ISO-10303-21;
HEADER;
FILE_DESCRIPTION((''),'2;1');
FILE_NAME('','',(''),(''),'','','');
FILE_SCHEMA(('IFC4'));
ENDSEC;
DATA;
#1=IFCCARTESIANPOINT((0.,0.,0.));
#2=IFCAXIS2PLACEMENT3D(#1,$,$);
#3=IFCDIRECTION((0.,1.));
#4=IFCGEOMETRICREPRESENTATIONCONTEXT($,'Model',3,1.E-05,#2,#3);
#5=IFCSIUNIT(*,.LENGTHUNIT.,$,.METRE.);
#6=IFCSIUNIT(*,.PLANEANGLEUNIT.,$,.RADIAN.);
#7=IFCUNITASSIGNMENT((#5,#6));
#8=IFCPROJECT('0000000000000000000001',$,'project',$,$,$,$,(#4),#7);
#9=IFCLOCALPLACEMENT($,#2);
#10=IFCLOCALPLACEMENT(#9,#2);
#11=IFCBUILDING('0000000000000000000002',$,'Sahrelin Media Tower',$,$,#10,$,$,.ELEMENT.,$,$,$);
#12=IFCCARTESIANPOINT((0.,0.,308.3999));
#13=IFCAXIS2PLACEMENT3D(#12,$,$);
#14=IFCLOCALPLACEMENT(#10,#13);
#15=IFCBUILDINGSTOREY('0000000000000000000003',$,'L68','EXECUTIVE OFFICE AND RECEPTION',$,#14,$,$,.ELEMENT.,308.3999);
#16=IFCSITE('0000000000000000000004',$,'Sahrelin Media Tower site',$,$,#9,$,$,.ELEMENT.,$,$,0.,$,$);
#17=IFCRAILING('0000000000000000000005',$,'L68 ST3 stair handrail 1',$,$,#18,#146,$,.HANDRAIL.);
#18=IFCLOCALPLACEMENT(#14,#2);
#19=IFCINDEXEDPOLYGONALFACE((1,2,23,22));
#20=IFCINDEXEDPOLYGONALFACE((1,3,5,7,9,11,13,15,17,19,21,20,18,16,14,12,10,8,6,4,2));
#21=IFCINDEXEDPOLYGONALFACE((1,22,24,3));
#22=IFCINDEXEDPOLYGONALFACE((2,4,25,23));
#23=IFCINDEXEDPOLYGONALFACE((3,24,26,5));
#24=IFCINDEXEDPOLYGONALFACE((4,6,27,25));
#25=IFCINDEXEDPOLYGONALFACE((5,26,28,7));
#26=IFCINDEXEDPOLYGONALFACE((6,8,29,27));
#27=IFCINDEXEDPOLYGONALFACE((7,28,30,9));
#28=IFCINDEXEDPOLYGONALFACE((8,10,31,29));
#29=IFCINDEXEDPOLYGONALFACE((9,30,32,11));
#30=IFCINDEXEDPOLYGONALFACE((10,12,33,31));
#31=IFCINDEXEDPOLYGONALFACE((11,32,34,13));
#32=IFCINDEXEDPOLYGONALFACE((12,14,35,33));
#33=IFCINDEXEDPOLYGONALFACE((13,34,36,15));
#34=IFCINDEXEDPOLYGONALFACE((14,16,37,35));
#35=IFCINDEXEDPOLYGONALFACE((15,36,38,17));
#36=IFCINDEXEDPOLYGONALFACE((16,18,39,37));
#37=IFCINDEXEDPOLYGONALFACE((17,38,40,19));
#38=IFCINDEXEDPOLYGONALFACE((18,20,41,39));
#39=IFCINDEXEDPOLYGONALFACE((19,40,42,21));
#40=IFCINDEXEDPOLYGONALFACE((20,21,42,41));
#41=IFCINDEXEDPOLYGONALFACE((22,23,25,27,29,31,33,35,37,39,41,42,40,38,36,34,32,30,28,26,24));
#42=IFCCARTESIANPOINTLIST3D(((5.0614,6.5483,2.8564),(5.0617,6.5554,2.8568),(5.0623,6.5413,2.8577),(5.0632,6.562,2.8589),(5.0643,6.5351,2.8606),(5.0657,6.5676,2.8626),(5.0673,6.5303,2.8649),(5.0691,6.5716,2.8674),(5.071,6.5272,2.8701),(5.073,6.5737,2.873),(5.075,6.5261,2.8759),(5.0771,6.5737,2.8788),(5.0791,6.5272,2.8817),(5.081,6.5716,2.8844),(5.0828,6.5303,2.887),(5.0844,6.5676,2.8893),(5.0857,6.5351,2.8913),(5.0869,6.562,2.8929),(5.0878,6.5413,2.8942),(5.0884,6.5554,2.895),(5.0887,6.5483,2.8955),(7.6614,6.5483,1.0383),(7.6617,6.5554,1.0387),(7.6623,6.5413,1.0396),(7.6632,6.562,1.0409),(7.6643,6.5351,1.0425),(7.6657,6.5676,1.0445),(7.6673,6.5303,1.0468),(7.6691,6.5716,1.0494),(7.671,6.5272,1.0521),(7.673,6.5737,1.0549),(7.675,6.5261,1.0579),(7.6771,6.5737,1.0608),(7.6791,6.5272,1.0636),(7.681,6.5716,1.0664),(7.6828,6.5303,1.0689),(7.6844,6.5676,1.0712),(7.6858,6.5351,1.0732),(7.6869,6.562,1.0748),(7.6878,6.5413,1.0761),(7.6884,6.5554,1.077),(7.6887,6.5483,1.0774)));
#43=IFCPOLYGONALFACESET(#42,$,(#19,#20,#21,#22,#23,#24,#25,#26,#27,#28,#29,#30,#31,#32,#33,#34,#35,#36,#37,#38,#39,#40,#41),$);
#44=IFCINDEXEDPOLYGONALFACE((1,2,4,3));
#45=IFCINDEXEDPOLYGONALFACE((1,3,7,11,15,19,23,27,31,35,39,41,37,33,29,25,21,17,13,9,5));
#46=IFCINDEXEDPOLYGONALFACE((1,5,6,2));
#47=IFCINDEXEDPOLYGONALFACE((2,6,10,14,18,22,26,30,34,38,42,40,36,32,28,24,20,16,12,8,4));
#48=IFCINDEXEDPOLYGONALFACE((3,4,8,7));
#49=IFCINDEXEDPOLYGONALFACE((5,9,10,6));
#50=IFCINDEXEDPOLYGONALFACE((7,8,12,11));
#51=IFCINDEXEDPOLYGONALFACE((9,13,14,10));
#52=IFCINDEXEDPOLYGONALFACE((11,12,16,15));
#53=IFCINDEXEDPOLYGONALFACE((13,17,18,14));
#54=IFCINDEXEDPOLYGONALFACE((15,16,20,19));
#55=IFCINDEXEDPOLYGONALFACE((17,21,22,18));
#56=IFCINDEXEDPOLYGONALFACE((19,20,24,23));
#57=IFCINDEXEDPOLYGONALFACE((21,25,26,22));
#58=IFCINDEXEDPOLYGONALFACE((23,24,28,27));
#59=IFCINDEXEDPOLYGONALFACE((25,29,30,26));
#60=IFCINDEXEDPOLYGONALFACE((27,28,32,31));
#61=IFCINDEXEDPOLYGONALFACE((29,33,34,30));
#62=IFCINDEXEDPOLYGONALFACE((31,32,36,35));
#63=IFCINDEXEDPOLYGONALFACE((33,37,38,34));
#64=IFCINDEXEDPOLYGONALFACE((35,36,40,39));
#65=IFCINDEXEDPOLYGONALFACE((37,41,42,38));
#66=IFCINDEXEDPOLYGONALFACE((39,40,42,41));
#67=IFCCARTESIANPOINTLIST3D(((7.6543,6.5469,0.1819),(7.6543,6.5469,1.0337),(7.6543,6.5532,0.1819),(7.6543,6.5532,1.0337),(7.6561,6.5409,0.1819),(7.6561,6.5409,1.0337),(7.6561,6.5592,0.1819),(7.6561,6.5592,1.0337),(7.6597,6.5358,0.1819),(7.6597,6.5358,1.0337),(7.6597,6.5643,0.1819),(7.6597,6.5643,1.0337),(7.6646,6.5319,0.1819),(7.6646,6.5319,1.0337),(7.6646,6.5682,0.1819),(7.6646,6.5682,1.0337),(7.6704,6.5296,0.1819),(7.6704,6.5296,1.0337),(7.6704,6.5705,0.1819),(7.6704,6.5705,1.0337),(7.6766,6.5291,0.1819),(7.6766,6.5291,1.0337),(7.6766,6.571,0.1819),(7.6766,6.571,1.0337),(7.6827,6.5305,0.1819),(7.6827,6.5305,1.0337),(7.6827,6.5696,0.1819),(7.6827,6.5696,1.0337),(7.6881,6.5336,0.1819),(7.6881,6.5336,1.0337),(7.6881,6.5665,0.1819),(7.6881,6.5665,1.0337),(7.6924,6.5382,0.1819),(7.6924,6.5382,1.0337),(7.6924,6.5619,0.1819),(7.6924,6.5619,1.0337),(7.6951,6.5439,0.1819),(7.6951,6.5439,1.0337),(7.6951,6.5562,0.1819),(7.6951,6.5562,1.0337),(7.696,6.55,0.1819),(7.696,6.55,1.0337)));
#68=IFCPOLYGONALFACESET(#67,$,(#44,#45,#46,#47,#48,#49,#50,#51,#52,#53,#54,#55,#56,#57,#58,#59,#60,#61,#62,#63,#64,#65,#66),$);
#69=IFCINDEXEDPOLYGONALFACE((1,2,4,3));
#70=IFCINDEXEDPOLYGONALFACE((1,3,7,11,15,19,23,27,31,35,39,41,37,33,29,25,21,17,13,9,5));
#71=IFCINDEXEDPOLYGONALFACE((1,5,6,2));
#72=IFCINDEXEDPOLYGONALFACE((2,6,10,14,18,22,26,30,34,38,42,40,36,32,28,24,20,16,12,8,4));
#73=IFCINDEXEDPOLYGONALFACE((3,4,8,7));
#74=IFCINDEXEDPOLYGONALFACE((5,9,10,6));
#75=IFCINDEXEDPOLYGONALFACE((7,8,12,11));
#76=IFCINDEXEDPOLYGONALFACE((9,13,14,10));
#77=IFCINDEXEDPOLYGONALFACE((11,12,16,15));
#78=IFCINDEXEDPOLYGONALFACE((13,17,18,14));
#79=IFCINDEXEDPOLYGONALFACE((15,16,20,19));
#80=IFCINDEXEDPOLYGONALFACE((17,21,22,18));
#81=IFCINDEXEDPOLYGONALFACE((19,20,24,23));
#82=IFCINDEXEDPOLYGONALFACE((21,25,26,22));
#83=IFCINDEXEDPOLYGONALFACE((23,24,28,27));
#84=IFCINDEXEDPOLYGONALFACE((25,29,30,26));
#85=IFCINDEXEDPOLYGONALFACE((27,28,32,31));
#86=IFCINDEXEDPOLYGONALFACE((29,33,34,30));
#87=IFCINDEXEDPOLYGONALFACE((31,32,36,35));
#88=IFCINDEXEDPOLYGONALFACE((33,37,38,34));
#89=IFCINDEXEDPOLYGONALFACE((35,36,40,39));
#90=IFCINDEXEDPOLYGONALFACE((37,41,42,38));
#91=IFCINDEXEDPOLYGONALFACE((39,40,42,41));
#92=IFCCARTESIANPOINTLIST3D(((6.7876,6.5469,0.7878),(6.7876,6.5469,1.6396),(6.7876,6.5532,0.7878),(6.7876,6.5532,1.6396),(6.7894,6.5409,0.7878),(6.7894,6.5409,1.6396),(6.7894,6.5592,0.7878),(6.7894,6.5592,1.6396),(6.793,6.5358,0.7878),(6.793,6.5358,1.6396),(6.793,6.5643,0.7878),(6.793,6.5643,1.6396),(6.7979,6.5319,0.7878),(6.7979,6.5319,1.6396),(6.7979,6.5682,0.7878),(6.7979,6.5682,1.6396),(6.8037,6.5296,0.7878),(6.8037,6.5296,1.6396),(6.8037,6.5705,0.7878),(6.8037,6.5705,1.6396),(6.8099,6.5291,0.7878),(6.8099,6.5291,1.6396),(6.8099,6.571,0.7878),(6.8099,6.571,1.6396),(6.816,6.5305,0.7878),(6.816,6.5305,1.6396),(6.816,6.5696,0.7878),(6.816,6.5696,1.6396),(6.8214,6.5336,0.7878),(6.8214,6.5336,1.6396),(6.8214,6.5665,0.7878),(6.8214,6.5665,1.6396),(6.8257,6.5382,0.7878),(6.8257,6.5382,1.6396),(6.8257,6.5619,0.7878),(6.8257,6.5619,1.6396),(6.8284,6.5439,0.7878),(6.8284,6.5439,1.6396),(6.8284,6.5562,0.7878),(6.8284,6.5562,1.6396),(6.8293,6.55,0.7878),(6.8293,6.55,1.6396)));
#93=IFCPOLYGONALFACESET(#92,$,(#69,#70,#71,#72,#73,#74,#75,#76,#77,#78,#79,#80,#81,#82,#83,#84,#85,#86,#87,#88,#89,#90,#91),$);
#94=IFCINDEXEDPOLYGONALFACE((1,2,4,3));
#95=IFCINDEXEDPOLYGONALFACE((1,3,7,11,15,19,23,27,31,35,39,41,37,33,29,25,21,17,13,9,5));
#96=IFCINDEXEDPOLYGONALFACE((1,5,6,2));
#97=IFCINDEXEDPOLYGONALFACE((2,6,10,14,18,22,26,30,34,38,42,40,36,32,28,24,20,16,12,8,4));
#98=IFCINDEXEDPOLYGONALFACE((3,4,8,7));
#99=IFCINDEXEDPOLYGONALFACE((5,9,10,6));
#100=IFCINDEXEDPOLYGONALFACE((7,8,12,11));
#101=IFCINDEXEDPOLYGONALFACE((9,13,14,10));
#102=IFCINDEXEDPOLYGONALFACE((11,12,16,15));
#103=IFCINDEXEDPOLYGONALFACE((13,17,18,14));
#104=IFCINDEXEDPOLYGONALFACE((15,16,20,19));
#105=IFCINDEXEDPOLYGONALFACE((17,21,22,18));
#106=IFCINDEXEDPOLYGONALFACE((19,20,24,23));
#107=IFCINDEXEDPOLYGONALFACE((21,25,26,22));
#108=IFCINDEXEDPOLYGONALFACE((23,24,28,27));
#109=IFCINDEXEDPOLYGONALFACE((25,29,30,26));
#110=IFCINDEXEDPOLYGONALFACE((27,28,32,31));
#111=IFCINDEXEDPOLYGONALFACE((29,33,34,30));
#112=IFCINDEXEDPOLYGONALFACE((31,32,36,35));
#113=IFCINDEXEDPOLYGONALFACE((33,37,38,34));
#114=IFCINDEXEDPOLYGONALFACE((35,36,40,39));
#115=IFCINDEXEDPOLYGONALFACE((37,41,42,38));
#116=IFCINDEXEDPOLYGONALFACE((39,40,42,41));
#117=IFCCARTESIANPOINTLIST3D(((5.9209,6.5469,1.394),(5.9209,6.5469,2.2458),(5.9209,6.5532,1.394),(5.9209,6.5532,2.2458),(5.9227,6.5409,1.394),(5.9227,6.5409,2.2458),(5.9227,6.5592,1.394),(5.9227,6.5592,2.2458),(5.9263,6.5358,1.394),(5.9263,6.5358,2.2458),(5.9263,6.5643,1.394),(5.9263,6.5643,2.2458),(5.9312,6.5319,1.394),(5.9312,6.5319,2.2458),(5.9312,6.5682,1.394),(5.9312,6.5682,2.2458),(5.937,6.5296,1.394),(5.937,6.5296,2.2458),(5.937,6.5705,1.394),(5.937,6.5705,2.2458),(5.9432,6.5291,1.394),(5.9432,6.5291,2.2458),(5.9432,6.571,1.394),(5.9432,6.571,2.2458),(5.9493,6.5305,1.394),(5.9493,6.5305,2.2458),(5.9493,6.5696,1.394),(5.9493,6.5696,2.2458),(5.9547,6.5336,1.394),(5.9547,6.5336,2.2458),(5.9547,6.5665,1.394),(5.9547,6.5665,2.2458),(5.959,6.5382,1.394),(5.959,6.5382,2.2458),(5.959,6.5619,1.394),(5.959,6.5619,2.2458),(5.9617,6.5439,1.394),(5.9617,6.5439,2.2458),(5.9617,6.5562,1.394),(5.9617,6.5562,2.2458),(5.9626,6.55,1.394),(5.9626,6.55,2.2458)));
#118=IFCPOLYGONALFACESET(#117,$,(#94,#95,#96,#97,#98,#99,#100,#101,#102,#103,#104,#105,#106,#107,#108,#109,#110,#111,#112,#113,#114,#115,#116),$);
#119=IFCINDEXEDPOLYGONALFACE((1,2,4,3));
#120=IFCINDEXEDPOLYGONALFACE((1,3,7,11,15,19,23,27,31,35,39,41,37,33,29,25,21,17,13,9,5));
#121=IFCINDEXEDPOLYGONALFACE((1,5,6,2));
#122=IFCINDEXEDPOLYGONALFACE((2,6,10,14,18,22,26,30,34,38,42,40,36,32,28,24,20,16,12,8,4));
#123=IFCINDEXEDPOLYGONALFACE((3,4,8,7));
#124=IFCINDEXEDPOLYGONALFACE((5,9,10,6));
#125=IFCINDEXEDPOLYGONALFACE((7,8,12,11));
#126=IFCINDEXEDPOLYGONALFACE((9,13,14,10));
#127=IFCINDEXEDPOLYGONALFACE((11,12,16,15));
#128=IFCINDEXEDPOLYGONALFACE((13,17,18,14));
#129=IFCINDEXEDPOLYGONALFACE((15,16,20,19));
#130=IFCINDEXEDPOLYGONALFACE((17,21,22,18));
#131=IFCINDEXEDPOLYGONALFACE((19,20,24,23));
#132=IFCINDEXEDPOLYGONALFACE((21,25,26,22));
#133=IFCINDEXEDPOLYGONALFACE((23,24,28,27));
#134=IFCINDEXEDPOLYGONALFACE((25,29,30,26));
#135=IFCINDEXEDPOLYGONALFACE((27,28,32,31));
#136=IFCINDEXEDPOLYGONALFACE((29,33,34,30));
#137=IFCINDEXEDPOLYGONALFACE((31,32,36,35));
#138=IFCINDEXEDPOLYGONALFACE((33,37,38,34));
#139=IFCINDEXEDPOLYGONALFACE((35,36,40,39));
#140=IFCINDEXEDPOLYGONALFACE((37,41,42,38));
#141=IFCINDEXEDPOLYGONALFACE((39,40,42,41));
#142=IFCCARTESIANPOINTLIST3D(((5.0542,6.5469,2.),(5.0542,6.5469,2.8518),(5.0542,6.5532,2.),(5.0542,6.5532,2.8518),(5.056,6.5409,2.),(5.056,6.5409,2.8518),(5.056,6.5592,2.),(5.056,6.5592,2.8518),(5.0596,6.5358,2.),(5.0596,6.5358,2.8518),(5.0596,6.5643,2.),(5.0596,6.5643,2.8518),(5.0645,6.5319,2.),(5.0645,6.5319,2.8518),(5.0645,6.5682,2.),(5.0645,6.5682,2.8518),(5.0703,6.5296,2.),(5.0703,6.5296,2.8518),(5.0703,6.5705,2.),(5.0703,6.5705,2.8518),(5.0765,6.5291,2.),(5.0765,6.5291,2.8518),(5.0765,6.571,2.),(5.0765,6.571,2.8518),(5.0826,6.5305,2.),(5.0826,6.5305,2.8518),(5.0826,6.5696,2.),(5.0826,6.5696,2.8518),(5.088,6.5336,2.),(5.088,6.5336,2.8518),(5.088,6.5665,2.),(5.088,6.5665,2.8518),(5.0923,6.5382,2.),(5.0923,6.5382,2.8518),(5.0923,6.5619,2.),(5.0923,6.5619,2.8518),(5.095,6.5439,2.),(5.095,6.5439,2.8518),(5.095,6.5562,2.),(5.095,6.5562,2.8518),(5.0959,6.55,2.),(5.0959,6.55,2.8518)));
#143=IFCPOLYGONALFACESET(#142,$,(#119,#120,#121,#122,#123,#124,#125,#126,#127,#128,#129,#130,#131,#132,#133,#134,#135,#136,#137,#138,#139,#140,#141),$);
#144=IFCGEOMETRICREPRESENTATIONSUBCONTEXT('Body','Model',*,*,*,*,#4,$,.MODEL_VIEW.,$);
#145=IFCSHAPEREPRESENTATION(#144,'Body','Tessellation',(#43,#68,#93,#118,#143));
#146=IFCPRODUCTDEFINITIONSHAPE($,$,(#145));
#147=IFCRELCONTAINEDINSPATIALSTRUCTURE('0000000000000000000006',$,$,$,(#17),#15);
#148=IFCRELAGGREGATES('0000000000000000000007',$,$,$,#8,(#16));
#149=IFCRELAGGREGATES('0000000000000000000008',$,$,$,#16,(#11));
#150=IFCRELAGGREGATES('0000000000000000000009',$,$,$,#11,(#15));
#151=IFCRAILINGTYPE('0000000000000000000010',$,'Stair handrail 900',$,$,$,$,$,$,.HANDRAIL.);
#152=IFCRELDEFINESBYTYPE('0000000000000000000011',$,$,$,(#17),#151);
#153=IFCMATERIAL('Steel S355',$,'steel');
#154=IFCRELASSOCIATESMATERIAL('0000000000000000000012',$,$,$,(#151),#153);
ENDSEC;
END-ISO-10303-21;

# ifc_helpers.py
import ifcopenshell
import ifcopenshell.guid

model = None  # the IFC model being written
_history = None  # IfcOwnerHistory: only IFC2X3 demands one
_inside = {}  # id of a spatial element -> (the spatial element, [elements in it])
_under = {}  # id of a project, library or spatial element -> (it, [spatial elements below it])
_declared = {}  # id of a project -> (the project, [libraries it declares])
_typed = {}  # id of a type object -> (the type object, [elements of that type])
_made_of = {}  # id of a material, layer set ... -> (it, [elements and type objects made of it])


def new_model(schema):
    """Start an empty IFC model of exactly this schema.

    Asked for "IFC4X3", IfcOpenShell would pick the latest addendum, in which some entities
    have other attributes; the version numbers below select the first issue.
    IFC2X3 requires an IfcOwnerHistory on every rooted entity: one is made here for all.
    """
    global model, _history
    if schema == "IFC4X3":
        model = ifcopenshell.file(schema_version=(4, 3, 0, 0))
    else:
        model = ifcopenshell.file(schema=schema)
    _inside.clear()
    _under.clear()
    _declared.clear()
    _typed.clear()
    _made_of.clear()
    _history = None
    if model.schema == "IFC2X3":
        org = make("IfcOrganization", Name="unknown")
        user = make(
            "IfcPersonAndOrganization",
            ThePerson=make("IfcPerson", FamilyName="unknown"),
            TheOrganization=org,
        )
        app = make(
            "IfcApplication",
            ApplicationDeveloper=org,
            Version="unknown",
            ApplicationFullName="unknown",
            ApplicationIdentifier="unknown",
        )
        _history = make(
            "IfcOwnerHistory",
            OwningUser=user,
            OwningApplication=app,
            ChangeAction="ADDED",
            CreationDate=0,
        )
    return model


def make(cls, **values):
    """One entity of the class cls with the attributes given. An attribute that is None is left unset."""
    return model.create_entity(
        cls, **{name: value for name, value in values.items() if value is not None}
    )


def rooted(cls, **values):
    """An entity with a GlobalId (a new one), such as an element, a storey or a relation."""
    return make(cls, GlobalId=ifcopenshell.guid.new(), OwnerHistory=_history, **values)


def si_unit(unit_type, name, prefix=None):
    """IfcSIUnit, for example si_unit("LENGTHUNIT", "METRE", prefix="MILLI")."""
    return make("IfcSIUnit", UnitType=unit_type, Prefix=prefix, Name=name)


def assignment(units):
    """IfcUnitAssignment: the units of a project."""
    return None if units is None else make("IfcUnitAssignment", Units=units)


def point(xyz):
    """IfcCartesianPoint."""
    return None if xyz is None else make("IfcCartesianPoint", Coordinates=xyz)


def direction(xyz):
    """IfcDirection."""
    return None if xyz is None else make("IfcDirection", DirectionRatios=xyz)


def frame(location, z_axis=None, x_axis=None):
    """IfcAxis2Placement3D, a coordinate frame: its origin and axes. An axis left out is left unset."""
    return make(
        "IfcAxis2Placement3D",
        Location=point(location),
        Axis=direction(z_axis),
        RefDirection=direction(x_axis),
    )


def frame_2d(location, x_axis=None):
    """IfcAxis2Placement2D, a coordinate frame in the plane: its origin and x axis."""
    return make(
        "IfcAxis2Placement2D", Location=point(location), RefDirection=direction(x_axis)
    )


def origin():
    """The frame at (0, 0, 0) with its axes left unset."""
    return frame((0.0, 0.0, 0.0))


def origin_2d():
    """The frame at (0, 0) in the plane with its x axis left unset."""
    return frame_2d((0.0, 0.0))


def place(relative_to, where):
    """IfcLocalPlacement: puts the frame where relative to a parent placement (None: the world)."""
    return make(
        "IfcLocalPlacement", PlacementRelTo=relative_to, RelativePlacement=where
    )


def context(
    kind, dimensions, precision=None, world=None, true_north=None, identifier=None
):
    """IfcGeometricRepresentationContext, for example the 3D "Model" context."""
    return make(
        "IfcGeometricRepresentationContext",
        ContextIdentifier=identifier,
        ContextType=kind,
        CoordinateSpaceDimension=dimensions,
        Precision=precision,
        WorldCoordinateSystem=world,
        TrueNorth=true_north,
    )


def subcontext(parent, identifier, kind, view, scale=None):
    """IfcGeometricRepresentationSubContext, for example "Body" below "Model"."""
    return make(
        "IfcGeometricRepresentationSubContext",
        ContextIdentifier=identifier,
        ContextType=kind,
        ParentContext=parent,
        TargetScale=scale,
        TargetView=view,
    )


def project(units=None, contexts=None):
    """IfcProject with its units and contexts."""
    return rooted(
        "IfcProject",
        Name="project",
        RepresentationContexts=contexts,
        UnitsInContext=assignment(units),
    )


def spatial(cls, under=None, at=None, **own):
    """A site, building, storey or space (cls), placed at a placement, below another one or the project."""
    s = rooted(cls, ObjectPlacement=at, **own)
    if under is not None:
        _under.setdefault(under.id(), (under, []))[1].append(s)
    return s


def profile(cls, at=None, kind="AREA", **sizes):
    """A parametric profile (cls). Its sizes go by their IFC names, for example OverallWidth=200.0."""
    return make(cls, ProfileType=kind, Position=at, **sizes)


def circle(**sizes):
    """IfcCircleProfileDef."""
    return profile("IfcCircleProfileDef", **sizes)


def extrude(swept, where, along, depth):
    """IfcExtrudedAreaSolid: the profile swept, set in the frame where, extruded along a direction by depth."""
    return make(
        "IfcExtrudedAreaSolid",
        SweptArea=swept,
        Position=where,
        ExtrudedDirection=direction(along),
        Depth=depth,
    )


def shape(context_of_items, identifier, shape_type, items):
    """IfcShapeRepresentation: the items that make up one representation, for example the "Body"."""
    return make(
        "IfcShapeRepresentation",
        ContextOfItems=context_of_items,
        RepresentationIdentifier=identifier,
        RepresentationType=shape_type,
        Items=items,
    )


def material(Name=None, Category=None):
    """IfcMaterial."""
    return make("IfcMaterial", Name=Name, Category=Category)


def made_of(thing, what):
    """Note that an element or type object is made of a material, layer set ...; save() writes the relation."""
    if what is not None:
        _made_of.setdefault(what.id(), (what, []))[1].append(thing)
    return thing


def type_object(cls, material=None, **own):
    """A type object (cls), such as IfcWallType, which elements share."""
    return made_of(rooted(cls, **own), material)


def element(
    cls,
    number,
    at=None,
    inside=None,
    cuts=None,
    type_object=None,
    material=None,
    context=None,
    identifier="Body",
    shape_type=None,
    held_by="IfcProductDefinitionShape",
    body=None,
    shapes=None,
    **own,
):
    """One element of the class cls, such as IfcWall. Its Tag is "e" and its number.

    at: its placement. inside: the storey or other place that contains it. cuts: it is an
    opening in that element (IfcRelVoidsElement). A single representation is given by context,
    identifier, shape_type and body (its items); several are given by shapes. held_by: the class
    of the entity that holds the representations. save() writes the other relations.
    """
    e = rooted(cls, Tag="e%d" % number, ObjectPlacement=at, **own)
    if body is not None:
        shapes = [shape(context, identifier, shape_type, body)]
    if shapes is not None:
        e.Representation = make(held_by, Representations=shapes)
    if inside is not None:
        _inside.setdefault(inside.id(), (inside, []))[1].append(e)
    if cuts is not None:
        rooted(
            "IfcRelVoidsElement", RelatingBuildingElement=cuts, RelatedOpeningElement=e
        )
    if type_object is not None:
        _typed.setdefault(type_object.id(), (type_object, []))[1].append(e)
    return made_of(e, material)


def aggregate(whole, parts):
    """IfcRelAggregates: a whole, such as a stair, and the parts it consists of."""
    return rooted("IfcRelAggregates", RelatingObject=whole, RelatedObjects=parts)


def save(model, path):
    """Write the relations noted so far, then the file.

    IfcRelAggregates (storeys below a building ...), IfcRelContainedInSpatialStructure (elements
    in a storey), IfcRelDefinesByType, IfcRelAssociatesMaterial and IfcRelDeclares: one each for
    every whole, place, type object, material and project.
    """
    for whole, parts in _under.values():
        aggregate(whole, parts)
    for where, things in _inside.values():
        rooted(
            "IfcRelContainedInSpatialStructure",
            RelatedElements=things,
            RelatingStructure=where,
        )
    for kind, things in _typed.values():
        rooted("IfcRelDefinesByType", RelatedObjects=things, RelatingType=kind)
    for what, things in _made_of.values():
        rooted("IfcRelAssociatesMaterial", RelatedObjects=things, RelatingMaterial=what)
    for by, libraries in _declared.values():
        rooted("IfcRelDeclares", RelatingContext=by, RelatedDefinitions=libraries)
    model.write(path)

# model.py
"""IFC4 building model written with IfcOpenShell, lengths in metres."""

from ifc_helpers import new_model, si_unit, direction, frame, origin, origin_2d, place, context, subcontext, project, spatial, circle, extrude, material, type_object, element, save


model = new_model("IFC4")

# Units and contexts
model_context = context("Model", 3, precision=1e-05, world=origin(), true_north=direction((0.0, 1.0)))
body_context = subcontext(model_context, "Body", "Model", "MODEL_VIEW")
ifc_project = project(units=[si_unit("LENGTHUNIT", "METRE"), si_unit("PLANEANGLEUNIT", "RADIAN")], contexts=[model_context])

# Site, building, storey
site_placement = place(None, origin())
site = spatial("IfcSite", under=ifc_project, at=site_placement, Name="Sahrelin Media Tower site", CompositionType="ELEMENT", RefElevation=0.0)
building_placement = place(site_placement, origin())
building = spatial("IfcBuilding", under=site, at=building_placement, Name="Sahrelin Media Tower", CompositionType="ELEMENT")
storey_placement = place(building_placement, frame((0.0, 0.0, 308.3999)))
storey = spatial("IfcBuildingStorey", under=building, at=storey_placement, Name="L68", Description="EXECUTIVE OFFICE AND RECEPTION", CompositionType="ELEMENT", Elevation=308.3999)

# Shared definitions
ifc_material_1 = material(Name="Steel S355", Category="steel")

# Railing
railing_type_1 = type_object("IfcRailingType", Name="Stair handrail 900", PredefinedType="HANDRAIL", material=ifc_material_1)
railing_1_placement = place(storey_placement, frame((7.675, 6.55, 0.1819)))
element("IfcRailing", 1, at=railing_1_placement, inside=storey, type_object=railing_type_1, Name="L68 ST3 stair handrail 1", PredefinedType="HANDRAIL", context=body_context, shape_type="SweptSolid", body=[
    extrude(circle(Radius=0.0239, at=origin_2d()), frame((0.0, 0.0, 0.876), z_axis=(-0.819521, 0.0, 0.573049), x_axis=(0.0, -1.0, 0.0)), (0.0, 0.0, 1.0), 3.1726),
    extrude(circle(Radius=0.021, at=origin_2d()), origin(), (0.0, 0.0, 1.0), 0.8518),
    extrude(circle(Radius=0.021, at=origin_2d()), frame((-0.8667, 0.0, 0.606)), (0.0, 0.0, 1.0), 0.8518),
    extrude(circle(Radius=0.021, at=origin_2d()), frame((-1.7334, 0.0, 1.2122)), (0.0, 0.0, 1.0), 0.8518),
    extrude(circle(Radius=0.021, at=origin_2d()), frame((-2.6001, 0.0, 1.8181)), (0.0, 0.0, 1.0), 0.8518),
])

save(model, "model.ifc")
